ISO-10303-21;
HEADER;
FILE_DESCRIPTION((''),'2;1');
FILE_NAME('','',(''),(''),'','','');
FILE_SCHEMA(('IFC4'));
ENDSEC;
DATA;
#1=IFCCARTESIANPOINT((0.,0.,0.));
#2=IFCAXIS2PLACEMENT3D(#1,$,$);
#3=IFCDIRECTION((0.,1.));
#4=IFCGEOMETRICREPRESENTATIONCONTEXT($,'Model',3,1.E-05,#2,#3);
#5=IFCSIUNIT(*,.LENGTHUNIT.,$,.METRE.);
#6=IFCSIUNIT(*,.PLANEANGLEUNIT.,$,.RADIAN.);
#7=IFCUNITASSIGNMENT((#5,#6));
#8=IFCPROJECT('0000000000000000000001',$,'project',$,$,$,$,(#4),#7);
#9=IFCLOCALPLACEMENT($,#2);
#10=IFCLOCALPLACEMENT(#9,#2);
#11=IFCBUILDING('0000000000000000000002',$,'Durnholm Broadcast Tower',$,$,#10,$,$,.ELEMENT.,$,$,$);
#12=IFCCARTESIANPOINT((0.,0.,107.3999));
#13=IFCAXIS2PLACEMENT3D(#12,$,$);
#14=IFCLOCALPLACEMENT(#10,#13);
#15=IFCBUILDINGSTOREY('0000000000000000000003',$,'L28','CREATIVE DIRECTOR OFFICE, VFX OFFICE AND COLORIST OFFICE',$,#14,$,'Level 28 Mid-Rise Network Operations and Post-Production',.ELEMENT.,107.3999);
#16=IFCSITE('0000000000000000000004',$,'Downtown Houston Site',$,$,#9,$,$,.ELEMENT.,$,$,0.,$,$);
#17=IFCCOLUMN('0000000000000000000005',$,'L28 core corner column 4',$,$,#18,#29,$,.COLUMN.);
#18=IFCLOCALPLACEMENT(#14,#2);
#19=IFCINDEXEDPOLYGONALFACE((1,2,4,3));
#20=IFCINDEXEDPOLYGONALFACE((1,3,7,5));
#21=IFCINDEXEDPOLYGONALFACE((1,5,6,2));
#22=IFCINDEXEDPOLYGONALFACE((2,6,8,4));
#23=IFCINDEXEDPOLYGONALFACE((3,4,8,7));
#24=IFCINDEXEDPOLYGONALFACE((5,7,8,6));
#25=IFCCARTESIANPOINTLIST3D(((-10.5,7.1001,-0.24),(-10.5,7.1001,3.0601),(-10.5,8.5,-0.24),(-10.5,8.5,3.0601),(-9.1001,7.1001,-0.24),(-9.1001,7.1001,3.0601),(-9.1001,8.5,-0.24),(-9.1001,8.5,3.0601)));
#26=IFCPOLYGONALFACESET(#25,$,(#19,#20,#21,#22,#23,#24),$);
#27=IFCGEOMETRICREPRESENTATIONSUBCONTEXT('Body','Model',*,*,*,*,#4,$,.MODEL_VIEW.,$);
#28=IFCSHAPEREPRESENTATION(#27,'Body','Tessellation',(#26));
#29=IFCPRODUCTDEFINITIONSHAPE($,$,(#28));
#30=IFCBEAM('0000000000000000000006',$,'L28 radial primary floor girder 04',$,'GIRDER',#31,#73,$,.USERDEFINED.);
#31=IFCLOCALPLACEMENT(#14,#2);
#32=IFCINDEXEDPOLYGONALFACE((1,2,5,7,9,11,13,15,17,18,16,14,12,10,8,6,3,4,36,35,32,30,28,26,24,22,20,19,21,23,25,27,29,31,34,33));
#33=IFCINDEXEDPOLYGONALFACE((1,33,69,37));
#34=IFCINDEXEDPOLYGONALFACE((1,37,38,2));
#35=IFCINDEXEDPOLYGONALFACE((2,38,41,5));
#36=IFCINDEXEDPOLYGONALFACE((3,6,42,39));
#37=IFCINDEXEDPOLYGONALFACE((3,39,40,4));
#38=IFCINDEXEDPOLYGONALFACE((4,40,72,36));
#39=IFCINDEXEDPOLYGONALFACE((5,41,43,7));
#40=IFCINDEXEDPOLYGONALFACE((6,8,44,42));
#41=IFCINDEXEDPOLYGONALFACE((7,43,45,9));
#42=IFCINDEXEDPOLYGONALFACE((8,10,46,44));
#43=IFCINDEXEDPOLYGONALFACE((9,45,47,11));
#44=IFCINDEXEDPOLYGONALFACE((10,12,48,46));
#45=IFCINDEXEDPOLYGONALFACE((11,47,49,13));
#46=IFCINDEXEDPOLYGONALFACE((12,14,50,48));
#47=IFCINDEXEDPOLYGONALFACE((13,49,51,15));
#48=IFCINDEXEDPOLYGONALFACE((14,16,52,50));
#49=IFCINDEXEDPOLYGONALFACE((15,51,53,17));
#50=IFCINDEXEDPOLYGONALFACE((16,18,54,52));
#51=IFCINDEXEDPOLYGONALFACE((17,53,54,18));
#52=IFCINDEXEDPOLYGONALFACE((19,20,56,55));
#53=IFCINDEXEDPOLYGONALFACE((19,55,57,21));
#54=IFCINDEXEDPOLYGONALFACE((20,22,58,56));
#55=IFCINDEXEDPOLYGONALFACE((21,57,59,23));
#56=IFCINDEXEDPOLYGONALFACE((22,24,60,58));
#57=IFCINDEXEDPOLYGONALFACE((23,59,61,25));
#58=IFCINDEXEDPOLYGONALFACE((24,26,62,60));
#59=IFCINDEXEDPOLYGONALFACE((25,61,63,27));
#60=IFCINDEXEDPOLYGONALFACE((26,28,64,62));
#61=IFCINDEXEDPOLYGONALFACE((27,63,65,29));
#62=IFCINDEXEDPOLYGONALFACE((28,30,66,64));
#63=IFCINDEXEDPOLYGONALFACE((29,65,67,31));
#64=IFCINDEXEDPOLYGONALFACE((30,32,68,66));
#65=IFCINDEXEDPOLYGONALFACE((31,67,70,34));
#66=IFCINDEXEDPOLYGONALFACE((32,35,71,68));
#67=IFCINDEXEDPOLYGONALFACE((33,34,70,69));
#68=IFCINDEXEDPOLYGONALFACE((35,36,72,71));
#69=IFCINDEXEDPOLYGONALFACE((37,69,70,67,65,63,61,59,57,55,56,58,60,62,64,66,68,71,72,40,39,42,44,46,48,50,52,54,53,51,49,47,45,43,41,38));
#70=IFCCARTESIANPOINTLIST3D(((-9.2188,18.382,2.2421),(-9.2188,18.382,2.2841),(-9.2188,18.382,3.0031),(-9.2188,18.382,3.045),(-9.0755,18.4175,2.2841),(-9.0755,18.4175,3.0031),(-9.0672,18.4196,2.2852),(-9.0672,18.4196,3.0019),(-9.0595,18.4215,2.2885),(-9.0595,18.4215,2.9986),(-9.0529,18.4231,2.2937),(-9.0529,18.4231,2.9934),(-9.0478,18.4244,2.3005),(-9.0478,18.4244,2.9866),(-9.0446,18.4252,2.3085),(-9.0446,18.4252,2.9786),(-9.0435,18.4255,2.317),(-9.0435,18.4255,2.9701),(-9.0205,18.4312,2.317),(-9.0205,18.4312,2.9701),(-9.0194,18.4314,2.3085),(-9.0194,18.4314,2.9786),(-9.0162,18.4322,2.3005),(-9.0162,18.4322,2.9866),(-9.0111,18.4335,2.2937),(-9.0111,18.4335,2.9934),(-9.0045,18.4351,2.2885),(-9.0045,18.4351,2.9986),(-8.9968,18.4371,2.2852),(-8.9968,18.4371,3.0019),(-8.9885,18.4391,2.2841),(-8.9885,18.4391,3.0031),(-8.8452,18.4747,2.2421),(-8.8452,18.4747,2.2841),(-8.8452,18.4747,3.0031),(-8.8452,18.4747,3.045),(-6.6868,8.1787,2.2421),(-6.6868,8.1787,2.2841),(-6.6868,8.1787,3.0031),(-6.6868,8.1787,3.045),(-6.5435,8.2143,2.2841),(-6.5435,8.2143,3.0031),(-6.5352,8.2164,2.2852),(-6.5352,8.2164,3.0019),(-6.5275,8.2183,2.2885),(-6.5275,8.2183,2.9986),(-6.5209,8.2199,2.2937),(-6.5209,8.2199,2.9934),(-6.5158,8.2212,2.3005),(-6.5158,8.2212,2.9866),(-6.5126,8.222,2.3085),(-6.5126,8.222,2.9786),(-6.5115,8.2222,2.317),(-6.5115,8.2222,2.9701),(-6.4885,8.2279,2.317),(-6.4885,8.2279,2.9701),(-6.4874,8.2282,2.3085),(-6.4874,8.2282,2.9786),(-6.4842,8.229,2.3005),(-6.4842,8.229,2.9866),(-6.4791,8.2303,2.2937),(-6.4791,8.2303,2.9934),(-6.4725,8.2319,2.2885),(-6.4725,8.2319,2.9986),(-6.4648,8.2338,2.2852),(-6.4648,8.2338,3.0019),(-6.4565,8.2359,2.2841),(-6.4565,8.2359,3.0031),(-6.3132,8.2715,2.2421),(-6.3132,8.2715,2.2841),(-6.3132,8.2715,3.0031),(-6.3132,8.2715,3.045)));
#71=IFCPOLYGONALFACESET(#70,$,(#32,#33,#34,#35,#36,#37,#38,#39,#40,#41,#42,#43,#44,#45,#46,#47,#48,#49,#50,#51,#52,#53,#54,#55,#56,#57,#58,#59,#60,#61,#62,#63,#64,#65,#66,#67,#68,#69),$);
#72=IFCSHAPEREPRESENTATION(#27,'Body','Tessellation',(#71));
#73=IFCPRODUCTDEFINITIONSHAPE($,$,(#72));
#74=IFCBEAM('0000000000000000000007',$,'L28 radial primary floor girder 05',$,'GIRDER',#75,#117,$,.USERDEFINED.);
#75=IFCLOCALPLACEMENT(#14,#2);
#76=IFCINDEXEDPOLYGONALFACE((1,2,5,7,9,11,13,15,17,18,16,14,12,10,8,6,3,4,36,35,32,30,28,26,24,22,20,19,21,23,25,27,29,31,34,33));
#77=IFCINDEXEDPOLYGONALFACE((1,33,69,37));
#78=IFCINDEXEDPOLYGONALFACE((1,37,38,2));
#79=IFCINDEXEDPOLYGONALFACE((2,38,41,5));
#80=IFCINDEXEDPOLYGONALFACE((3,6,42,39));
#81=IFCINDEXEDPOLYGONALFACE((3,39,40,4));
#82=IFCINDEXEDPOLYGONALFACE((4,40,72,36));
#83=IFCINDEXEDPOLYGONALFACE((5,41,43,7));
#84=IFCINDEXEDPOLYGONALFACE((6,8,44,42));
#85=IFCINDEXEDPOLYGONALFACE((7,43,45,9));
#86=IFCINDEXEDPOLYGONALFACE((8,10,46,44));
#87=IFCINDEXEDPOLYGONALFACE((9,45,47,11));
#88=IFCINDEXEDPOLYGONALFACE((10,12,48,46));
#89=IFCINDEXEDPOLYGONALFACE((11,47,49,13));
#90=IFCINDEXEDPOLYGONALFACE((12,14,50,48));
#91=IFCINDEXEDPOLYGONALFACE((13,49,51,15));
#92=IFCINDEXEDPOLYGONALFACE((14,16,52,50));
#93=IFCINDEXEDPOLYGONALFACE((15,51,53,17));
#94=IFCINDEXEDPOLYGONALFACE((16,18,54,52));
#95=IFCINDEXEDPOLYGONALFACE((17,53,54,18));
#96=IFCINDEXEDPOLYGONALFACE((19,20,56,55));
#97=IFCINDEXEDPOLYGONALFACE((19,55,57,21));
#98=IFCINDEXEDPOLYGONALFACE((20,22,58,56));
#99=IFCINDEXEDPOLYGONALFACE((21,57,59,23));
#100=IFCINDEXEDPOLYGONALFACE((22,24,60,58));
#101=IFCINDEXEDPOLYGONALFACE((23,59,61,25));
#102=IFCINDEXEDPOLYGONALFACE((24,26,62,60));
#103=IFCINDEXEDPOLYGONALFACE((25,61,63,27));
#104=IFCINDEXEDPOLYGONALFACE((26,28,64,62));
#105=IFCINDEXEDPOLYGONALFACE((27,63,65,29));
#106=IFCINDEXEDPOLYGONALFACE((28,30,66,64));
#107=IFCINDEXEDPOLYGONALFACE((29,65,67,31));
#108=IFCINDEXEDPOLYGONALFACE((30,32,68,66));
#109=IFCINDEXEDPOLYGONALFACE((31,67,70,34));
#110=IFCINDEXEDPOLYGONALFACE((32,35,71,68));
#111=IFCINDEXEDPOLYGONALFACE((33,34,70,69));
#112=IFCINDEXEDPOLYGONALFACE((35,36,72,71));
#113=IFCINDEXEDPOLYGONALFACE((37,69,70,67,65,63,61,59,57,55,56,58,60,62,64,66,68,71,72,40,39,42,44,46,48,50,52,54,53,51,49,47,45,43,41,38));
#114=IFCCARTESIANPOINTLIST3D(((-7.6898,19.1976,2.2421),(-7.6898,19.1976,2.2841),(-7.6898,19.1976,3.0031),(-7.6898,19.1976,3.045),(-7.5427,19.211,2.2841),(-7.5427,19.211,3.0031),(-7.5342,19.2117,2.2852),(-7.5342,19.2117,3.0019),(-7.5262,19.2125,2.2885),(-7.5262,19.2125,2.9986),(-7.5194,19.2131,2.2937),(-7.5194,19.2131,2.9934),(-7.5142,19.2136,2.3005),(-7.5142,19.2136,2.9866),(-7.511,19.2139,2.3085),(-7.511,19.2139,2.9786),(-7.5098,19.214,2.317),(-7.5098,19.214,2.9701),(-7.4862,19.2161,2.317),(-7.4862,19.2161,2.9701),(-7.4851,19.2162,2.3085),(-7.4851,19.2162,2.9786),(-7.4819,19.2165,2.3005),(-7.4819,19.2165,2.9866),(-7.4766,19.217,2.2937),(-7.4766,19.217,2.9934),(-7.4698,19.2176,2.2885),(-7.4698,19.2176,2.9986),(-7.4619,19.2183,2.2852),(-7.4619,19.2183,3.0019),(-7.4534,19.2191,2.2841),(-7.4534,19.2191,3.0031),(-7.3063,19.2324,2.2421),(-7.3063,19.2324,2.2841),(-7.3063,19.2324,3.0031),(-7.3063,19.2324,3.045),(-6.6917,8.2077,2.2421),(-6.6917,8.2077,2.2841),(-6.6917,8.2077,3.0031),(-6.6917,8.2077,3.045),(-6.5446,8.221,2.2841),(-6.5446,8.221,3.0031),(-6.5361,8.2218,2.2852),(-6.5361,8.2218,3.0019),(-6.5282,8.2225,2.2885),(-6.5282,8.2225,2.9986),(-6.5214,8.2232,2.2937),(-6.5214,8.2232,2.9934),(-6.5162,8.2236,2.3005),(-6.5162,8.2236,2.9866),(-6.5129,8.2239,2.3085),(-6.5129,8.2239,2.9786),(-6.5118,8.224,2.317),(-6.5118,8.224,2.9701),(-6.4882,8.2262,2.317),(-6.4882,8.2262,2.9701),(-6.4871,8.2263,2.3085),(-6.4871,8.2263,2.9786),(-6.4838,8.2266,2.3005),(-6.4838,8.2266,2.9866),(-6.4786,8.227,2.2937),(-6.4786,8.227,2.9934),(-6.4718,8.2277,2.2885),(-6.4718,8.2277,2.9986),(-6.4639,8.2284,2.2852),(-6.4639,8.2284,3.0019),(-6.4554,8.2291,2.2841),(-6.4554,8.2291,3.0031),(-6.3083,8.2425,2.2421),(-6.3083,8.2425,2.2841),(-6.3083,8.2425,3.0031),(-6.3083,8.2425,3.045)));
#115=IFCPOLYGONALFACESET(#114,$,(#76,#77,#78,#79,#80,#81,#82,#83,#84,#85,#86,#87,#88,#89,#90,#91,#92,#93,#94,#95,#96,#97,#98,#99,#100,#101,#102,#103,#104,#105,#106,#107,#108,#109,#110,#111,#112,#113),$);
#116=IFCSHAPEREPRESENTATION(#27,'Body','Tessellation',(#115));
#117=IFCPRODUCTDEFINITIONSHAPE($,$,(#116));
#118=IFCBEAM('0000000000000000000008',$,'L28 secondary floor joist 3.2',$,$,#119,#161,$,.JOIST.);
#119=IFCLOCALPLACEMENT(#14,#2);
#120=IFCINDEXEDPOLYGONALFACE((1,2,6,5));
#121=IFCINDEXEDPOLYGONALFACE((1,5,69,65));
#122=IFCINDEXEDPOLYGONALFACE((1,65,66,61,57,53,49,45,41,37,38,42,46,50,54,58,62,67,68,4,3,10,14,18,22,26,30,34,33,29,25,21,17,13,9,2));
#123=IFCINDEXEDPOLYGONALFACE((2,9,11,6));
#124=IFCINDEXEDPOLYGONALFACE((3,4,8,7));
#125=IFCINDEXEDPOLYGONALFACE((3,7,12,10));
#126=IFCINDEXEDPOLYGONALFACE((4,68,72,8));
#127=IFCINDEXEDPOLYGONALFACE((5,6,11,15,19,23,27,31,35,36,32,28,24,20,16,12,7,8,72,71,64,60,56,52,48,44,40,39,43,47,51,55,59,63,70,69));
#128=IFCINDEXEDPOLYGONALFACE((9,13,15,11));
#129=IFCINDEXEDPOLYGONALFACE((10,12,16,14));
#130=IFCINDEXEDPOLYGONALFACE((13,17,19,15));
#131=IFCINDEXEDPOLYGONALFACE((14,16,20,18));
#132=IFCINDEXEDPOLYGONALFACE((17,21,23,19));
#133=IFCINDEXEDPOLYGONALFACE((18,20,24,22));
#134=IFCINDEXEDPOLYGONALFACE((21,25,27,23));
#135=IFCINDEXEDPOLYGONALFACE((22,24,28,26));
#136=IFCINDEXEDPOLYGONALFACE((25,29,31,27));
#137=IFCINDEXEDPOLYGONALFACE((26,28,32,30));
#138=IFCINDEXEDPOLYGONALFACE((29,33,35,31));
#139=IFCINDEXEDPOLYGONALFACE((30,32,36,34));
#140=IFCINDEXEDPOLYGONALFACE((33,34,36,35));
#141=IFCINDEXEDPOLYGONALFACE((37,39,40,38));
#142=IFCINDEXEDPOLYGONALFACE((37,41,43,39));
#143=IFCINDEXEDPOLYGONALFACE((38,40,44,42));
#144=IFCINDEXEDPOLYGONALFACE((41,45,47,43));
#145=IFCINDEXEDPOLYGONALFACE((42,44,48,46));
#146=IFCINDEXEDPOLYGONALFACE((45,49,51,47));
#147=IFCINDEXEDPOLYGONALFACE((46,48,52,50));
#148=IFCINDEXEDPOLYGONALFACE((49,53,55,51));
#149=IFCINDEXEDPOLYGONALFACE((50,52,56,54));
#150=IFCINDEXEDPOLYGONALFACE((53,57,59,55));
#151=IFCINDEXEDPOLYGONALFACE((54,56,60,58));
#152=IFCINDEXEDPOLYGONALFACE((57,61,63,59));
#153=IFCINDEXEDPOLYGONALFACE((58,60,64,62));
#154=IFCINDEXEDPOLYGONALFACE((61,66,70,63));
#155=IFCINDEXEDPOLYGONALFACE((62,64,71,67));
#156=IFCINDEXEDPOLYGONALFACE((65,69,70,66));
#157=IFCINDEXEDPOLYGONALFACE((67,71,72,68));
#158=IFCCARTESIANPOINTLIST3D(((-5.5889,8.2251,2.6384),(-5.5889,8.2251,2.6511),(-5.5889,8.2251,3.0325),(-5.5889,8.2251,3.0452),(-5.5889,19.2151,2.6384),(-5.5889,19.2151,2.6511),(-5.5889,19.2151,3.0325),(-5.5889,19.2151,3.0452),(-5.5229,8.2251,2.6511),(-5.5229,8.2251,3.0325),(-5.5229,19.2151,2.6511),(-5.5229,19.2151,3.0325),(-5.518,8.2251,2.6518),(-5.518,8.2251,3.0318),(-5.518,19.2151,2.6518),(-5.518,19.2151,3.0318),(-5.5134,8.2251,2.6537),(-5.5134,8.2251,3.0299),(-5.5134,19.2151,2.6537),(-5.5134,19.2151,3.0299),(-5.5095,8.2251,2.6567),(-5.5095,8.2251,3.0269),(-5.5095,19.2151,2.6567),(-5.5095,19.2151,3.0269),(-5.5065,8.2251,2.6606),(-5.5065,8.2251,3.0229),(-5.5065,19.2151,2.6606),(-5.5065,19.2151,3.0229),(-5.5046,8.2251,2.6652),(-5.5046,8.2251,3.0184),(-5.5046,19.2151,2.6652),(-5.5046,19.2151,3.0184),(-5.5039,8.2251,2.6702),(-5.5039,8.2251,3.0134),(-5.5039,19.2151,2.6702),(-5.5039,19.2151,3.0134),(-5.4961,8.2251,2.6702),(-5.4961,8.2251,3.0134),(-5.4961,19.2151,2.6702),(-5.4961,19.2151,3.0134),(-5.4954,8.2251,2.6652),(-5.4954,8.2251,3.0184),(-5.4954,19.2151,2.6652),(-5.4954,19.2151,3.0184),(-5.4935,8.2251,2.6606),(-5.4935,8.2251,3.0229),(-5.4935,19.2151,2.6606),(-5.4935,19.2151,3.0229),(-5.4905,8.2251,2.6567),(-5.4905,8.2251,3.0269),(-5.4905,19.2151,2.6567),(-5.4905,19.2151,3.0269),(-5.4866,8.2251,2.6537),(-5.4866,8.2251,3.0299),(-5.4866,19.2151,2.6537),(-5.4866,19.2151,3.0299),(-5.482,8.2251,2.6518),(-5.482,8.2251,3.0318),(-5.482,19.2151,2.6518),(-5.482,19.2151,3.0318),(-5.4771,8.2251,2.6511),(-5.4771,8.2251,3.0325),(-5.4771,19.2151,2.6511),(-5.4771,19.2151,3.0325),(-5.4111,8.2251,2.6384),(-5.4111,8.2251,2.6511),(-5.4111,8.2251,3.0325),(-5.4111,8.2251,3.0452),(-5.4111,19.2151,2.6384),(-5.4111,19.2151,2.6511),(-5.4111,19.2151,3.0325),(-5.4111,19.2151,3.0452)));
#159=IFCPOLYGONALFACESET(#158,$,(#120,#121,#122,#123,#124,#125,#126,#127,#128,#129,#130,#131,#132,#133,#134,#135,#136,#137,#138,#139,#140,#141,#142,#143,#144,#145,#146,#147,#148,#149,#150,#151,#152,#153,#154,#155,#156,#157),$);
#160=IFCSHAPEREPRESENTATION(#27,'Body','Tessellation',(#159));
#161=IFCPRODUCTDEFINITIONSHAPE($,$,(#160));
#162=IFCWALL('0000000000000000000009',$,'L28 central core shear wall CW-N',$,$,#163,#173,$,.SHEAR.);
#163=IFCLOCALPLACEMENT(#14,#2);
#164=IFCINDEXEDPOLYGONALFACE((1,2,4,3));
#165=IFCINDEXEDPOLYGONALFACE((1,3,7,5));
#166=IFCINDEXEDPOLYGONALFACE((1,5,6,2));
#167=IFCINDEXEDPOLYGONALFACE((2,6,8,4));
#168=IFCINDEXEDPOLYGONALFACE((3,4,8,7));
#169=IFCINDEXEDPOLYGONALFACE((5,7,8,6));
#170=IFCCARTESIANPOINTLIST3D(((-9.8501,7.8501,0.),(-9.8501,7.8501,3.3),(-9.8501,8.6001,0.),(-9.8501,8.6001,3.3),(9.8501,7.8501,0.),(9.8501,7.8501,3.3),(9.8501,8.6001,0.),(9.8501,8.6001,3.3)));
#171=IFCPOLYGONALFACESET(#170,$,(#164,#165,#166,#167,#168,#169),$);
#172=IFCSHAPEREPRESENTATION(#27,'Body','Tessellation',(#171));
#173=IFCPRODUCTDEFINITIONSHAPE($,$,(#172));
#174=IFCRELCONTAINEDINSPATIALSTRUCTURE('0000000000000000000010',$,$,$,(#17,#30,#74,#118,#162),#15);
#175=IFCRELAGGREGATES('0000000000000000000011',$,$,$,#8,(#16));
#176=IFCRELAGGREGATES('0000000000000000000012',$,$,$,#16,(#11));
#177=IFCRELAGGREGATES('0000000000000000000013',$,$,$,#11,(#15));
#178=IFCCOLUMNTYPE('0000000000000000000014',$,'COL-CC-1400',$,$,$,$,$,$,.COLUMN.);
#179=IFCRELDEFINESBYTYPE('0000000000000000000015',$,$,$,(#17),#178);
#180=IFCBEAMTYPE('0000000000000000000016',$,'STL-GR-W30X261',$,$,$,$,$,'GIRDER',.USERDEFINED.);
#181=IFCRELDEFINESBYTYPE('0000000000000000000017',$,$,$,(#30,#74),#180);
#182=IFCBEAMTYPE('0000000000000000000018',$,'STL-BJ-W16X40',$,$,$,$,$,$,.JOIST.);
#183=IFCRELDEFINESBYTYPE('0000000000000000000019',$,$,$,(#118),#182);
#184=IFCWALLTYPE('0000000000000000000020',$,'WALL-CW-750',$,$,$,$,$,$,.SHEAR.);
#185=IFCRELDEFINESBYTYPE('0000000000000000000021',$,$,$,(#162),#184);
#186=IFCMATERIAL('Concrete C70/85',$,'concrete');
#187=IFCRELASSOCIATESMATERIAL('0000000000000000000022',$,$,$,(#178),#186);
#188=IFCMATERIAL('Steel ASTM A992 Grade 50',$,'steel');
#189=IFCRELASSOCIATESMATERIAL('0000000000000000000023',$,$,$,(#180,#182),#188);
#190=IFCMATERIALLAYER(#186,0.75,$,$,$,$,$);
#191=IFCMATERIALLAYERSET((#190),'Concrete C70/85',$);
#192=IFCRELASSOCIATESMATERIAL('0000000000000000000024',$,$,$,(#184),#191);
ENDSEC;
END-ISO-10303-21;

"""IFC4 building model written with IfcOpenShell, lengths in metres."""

from ifc_helpers import new_model, si_unit, direction, frame, frame_2d, origin, origin_2d, place, context, subcontext, project, spatial, rectangle, i_section, extrude, source, transform, mapped, material, layer, layer_set, material_profile, profile_set, type_object, type_shapes, element, save


model = new_model("IFC4")

# Units and contexts
model_context = context("Model", 3, precision=1e-05, world=origin(), true_north=direction((0.0, 1.0)))
body_context = subcontext(model_context, "Body", "Model", "MODEL_VIEW")
ifc_project = project(units=[si_unit("LENGTHUNIT", "METRE"), si_unit("PLANEANGLEUNIT", "RADIAN")], contexts=[model_context])

# Site, building, storey
site_placement = place(None, origin())
site = spatial("IfcSite", under=ifc_project, at=site_placement, Name="Downtown Houston Site", CompositionType="ELEMENT", RefElevation=0.0)
building_placement = place(site_placement, origin())
building = spatial("IfcBuilding", under=site, at=building_placement, Name="Durnholm Broadcast Tower", CompositionType="ELEMENT")
storey_placement = place(building_placement, frame((0.0, 0.0, 107.3999)))
storey = spatial("IfcBuildingStorey", under=building, at=storey_placement, Name="L28", Description="CREATIVE DIRECTOR OFFICE, VFX OFFICE AND COLORIST OFFICE", LongName="Level 28 Mid-Rise Network Operations and Post-Production", CompositionType="ELEMENT", Elevation=107.3999)

# Column
ifc_material_1 = material(Name="Concrete C70/85", Category="concrete")
ifc_material_profile_1 = material_profile(ifc_material_1, rectangle(XDim=1.3999, YDim=1.3999, at=origin_2d()), Name="RC1400X1400")
ifc_profile_set_1 = profile_set([ifc_material_profile_1], Name="Concrete C70/85")
column_type = type_object("IfcColumnType", Name="COL-CC-1400", PredefinedType="COLUMN", material=ifc_profile_set_1)
shared_shape_1 = source(origin(), body_context, "Body", "SweptSolid", [
    extrude(rectangle(XDim=1.3999, YDim=1.3999, at=origin_2d()), origin(), (0.0, 0.0, 1.0), 3.3),
])
type_shapes(column_type, [shared_shape_1])
column_placement = place(storey_placement, frame((-9.8, 7.8, -0.24), z_axis=(0.0, 0.0, 1.0), x_axis=(1.0, 0.0, 0.0)))
element("IfcColumn", 1, at=column_placement, inside=storey, type_object=column_type, Name="L28 core corner column 4", PredefinedType="COLUMN", context=body_context, shape_type="MappedRepresentation", body=[
    mapped(shared_shape_1, transform((0.0, 0.0, 0.0), x_axis=(1.0, 0.0, 0.0), y_axis=(0.0, 1.0, 0.0), z_axis=(0.0, 0.0, 1.0), scale=1.0)),
])

# Beams
ifc_material_2 = material(Name="Steel ASTM A992 Grade 50", Category="steel")
ifc_material_profile_2 = material_profile(ifc_material_2, i_section(OverallWidth=0.385, OverallDepth=0.803, WebThickness=0.0237, FlangeThickness=0.042, FilletRadius=0.033, at=origin_2d()), Name="W30X261")
ifc_profile_set_2 = profile_set([ifc_material_profile_2], Name="Steel ASTM A992 Grade 50")
beam_type_1 = type_object("IfcBeamType", Name="STL-GR-W30X261", ElementType="GIRDER", PredefinedType="USERDEFINED", material=ifc_profile_set_2)
shared_shape_2 = source(origin(), body_context, "Body", "SweptSolid", [
    extrude(i_section(OverallWidth=0.385, OverallDepth=0.803, WebThickness=0.0237, FlangeThickness=0.042, FilletRadius=0.033, at=origin_2d()), origin(), (0.0, 0.0, 1.0), 10.5127),
])
beam_1_placement = place(storey_placement, frame((-6.5, 8.2251, 2.6436), z_axis=(-0.240852, 0.970562, 0.0), x_axis=(-0.970562, -0.240852, 0.0)))
element("IfcBeam", 2, at=beam_1_placement, inside=storey, type_object=beam_type_1, Name="L28 radial primary floor girder 04", ObjectType="GIRDER", PredefinedType="USERDEFINED", context=body_context, shape_type="MappedRepresentation", body=[
    mapped(shared_shape_2, transform((0.0, 0.0, 0.0), x_axis=(1.0, 0.0, 0.0), y_axis=(0.0, 1.0, 0.0), z_axis=(0.0, 0.0, 1.0), scale=1.0)),
])
shared_shape_3 = source(origin(), body_context, "Body", "SweptSolid", [
    extrude(i_section(OverallWidth=0.385, OverallDepth=0.803, WebThickness=0.0237, FlangeThickness=0.042, FilletRadius=0.033, at=origin_2d()), origin(), (0.0, 0.0, 1.0), 11.0352),
])
type_shapes(beam_type_1, [shared_shape_2, shared_shape_3])
beam_2_placement = place(storey_placement, frame((-6.5, 8.2251, 2.6436), z_axis=(-0.090442, 0.995902, 0.0), x_axis=(-0.995902, -0.090442, 0.0)))
element("IfcBeam", 3, at=beam_2_placement, inside=storey, type_object=beam_type_1, Name="L28 radial primary floor girder 05", ObjectType="GIRDER", PredefinedType="USERDEFINED", context=body_context, shape_type="MappedRepresentation", body=[
    mapped(shared_shape_3, transform((0.0, 0.0, 0.0), x_axis=(1.0, 0.0, 0.0), y_axis=(0.0, 1.0, 0.0), z_axis=(0.0, 0.0, 1.0), scale=1.0)),
])
ifc_material_profile_3 = material_profile(ifc_material_2, i_section(OverallWidth=0.1777, OverallDepth=0.4067, WebThickness=0.0078, FlangeThickness=0.0127, FilletRadius=0.019, at=origin_2d()), Name="W16X40")
ifc_profile_set_3 = profile_set([ifc_material_profile_3], Name="Steel ASTM A992 Grade 50")
beam_type_2 = type_object("IfcBeamType", Name="STL-BJ-W16X40", PredefinedType="JOIST", material=ifc_profile_set_3)
shared_shape_4 = source(origin(), body_context, "Body", "SweptSolid", [
    extrude(i_section(OverallWidth=0.1777, OverallDepth=0.4067, WebThickness=0.0078, FlangeThickness=0.0127, FilletRadius=0.019, at=origin_2d()), origin(), (0.0, 0.0, 1.0), 10.99),
])
type_shapes(beam_type_2, [shared_shape_4])
beam_3_placement = place(storey_placement, frame((-5.5, 8.2251, 2.8418), z_axis=(0.0, 1.0, 0.0), x_axis=(-1.0, 0.0, 0.0)))
element("IfcBeam", 4, at=beam_3_placement, inside=storey, type_object=beam_type_2, Name="L28 secondary floor joist 3.2", PredefinedType="JOIST", context=body_context, shape_type="MappedRepresentation", body=[
    mapped(shared_shape_4, transform((0.0, 0.0, 0.0), x_axis=(1.0, 0.0, 0.0), y_axis=(0.0, 1.0, 0.0), z_axis=(0.0, 0.0, 1.0), scale=1.0)),
])

# Wall
ifc_layer_1 = layer(ifc_material_1, 0.75)
ifc_layer_set_1 = layer_set([ifc_layer_1], Name="Concrete C70/85")
wall_type_1 = type_object("IfcWallType", Name="WALL-CW-750", PredefinedType="SHEAR", material=ifc_layer_set_1)
wall_1_placement = place(storey_placement, frame((-9.8501, 8.2251, 0.0), z_axis=(0.0, 0.0, 1.0), x_axis=(1.0, 0.0, 0.0)))
element("IfcWall", 5, at=wall_1_placement, inside=storey, type_object=wall_type_1, Name="L28 central core shear wall CW-N", PredefinedType="SHEAR", context=body_context, shape_type="SweptSolid", body=[
    extrude(rectangle(XDim=19.7002, YDim=0.75, at=frame_2d((9.8501, 0.0))), origin(), (0.0, 0.0, 1.0), 3.3),
])

save(model, "model.ifc")
